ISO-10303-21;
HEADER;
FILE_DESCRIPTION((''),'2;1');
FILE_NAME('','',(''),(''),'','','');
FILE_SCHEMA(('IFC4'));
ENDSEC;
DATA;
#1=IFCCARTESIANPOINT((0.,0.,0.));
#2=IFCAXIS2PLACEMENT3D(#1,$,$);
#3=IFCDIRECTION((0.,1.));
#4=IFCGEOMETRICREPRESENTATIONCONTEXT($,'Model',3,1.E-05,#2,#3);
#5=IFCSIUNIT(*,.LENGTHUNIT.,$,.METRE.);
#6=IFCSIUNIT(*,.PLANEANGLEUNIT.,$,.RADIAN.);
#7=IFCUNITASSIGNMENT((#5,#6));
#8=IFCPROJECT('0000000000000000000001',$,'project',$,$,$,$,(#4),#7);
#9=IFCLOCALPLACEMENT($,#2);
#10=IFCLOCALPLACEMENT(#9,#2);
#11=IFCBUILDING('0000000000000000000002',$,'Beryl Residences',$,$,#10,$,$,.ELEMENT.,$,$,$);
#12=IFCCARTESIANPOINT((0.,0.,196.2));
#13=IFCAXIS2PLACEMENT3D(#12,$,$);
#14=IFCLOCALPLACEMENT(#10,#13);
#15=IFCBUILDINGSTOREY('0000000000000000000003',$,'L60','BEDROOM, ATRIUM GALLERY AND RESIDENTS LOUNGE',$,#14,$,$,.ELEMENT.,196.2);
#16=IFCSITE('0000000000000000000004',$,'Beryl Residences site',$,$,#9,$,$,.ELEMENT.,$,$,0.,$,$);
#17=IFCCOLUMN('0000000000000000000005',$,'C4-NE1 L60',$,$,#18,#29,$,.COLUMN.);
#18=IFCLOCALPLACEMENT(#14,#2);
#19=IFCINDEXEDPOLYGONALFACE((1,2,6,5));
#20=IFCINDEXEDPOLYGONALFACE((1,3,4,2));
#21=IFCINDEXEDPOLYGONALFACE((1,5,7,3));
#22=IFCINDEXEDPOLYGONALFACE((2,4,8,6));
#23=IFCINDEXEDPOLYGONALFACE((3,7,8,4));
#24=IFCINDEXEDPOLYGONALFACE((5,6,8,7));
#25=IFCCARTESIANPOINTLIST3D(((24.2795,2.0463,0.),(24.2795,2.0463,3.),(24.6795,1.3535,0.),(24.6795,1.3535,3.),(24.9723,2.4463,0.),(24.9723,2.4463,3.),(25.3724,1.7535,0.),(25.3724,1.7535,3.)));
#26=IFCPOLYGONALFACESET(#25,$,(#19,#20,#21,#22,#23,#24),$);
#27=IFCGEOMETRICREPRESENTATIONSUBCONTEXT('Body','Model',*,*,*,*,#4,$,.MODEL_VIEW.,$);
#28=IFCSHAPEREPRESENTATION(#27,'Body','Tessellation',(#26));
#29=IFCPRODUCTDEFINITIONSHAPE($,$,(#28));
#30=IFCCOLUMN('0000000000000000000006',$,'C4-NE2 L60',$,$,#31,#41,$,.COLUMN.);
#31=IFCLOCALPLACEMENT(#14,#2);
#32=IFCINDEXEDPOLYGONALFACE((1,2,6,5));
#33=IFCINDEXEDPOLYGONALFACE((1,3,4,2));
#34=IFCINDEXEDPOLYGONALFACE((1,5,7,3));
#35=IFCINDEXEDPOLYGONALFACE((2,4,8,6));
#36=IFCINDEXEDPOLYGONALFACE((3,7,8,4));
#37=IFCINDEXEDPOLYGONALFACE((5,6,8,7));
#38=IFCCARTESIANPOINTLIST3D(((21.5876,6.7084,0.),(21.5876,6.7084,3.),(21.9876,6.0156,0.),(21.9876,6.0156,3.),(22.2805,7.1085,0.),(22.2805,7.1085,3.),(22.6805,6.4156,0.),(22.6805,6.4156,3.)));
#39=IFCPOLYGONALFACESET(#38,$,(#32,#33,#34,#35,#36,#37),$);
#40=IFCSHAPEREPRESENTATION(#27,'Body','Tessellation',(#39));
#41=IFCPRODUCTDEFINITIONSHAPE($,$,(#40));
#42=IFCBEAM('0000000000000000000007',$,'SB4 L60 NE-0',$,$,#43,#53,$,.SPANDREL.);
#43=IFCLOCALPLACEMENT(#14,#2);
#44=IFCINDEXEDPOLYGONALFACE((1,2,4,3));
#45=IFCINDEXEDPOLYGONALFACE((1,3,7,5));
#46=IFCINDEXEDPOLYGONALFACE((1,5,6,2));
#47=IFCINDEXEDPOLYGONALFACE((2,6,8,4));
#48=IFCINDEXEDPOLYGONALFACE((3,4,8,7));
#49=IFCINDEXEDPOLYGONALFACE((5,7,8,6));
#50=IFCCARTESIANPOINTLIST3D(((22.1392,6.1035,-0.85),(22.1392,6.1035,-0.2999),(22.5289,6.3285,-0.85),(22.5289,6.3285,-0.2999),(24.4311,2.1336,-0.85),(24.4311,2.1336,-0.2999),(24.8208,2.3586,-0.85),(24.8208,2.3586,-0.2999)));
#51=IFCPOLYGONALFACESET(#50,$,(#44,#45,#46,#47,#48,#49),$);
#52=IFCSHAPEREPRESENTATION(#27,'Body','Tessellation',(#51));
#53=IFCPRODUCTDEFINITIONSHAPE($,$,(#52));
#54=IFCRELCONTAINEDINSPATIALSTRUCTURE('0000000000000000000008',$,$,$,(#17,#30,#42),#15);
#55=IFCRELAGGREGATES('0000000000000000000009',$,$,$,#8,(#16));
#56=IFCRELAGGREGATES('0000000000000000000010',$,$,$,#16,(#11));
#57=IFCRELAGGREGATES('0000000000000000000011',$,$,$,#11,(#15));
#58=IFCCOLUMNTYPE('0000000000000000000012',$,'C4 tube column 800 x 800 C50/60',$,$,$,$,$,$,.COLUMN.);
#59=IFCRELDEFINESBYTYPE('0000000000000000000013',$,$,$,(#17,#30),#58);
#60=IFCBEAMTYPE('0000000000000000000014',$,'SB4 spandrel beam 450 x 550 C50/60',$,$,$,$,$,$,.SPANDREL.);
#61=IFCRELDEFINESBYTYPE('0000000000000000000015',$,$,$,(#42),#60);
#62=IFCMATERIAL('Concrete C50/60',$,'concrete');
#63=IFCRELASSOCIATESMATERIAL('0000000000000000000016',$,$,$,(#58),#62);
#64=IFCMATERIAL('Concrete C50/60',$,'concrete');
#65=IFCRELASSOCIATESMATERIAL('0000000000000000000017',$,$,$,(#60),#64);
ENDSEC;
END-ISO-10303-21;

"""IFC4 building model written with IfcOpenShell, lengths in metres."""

from ifc_helpers import new_model, si_unit, direction, frame, origin, origin_2d, place, context, subcontext, project, spatial, rectangle, extrude, material, material_profile, profile_set, type_object, element, save


model = new_model("IFC4")

# Units and contexts
model_context = context("Model", 3, precision=1e-05, world=origin(), true_north=direction((0.0, 1.0)))
body_context = subcontext(model_context, "Body", "Model", "MODEL_VIEW")
ifc_project = project(units=[si_unit("LENGTHUNIT", "METRE"), si_unit("PLANEANGLEUNIT", "RADIAN")], contexts=[model_context])

# Site, building, storey
site_placement = place(None, origin())
site = spatial("IfcSite", under=ifc_project, at=site_placement, Name="Beryl Residences site", CompositionType="ELEMENT", RefElevation=0.0)
building_placement = place(site_placement, origin())
building = spatial("IfcBuilding", under=site, at=building_placement, Name="Beryl Residences", CompositionType="ELEMENT")
storey_placement = place(building_placement, frame((0.0, 0.0, 196.2)))
storey = spatial("IfcBuildingStorey", under=building, at=storey_placement, Name="L60", Description="BEDROOM, ATRIUM GALLERY AND RESIDENTS LOUNGE", CompositionType="ELEMENT", Elevation=196.2)

# Columns
ifc_material_1 = material(Name="Concrete C50/60", Category="concrete")
ifc_material_profile_1 = material_profile(ifc_material_1, rectangle(XDim=0.8, YDim=0.8, at=origin_2d()))
ifc_profile_set_1 = profile_set([ifc_material_profile_1], Name="Concrete C50/60")
column_type = type_object("IfcColumnType", Name="C4 tube column 800 x 800 C50/60", PredefinedType="COLUMN", material=ifc_profile_set_1)
for number, where, z_axis, x_axis, name in (
    (1, (24.8259, 1.8999, 0.0), (0.0, 0.0, 1.0), (-0.5, 0.866025, 0.0), "C4-NE1 L60"),
    (2, (22.134, 6.562, 0.0), (0.0, 0.0, 1.0), (-0.5, 0.866025, 0.0), "C4-NE2 L60"),
):
    element("IfcColumn", number, at=place(storey_placement, frame(where, z_axis=z_axis, x_axis=x_axis)), inside=storey, type_object=column_type, Name=name, PredefinedType="COLUMN", context=body_context, shape_type="SweptSolid", body=[
        extrude(rectangle(XDim=0.8, YDim=0.8, at=origin_2d()), origin(), (0.0, 0.0, 1.0), 3.0),
    ])

# Beam
ifc_material_2 = material(Name="Concrete C50/60", Category="concrete")
ifc_material_profile_2 = material_profile(ifc_material_2, rectangle(XDim=0.45, YDim=0.55, at=origin_2d()))
ifc_profile_set_2 = profile_set([ifc_material_profile_2], Name="Concrete C50/60")
beam_type = type_object("IfcBeamType", Name="SB4 spandrel beam 450 x 550 C50/60", PredefinedType="SPANDREL", material=ifc_profile_set_2)
beam_placement = place(storey_placement, frame((24.626, 2.2461, -0.575), z_axis=(-0.499988, 0.866032, 0.0), x_axis=(-0.866032, -0.499988, 0.0)))
element("IfcBeam", 3, at=beam_placement, inside=storey, type_object=beam_type, Name="SB4 L60 NE-0", PredefinedType="SPANDREL", context=body_context, shape_type="SweptSolid", body=[
    extrude(rectangle(XDim=0.45, YDim=0.55, at=origin_2d()), origin(), (0.0, 0.0, 1.0), 4.584),
])

save(model, "model.ifc")
